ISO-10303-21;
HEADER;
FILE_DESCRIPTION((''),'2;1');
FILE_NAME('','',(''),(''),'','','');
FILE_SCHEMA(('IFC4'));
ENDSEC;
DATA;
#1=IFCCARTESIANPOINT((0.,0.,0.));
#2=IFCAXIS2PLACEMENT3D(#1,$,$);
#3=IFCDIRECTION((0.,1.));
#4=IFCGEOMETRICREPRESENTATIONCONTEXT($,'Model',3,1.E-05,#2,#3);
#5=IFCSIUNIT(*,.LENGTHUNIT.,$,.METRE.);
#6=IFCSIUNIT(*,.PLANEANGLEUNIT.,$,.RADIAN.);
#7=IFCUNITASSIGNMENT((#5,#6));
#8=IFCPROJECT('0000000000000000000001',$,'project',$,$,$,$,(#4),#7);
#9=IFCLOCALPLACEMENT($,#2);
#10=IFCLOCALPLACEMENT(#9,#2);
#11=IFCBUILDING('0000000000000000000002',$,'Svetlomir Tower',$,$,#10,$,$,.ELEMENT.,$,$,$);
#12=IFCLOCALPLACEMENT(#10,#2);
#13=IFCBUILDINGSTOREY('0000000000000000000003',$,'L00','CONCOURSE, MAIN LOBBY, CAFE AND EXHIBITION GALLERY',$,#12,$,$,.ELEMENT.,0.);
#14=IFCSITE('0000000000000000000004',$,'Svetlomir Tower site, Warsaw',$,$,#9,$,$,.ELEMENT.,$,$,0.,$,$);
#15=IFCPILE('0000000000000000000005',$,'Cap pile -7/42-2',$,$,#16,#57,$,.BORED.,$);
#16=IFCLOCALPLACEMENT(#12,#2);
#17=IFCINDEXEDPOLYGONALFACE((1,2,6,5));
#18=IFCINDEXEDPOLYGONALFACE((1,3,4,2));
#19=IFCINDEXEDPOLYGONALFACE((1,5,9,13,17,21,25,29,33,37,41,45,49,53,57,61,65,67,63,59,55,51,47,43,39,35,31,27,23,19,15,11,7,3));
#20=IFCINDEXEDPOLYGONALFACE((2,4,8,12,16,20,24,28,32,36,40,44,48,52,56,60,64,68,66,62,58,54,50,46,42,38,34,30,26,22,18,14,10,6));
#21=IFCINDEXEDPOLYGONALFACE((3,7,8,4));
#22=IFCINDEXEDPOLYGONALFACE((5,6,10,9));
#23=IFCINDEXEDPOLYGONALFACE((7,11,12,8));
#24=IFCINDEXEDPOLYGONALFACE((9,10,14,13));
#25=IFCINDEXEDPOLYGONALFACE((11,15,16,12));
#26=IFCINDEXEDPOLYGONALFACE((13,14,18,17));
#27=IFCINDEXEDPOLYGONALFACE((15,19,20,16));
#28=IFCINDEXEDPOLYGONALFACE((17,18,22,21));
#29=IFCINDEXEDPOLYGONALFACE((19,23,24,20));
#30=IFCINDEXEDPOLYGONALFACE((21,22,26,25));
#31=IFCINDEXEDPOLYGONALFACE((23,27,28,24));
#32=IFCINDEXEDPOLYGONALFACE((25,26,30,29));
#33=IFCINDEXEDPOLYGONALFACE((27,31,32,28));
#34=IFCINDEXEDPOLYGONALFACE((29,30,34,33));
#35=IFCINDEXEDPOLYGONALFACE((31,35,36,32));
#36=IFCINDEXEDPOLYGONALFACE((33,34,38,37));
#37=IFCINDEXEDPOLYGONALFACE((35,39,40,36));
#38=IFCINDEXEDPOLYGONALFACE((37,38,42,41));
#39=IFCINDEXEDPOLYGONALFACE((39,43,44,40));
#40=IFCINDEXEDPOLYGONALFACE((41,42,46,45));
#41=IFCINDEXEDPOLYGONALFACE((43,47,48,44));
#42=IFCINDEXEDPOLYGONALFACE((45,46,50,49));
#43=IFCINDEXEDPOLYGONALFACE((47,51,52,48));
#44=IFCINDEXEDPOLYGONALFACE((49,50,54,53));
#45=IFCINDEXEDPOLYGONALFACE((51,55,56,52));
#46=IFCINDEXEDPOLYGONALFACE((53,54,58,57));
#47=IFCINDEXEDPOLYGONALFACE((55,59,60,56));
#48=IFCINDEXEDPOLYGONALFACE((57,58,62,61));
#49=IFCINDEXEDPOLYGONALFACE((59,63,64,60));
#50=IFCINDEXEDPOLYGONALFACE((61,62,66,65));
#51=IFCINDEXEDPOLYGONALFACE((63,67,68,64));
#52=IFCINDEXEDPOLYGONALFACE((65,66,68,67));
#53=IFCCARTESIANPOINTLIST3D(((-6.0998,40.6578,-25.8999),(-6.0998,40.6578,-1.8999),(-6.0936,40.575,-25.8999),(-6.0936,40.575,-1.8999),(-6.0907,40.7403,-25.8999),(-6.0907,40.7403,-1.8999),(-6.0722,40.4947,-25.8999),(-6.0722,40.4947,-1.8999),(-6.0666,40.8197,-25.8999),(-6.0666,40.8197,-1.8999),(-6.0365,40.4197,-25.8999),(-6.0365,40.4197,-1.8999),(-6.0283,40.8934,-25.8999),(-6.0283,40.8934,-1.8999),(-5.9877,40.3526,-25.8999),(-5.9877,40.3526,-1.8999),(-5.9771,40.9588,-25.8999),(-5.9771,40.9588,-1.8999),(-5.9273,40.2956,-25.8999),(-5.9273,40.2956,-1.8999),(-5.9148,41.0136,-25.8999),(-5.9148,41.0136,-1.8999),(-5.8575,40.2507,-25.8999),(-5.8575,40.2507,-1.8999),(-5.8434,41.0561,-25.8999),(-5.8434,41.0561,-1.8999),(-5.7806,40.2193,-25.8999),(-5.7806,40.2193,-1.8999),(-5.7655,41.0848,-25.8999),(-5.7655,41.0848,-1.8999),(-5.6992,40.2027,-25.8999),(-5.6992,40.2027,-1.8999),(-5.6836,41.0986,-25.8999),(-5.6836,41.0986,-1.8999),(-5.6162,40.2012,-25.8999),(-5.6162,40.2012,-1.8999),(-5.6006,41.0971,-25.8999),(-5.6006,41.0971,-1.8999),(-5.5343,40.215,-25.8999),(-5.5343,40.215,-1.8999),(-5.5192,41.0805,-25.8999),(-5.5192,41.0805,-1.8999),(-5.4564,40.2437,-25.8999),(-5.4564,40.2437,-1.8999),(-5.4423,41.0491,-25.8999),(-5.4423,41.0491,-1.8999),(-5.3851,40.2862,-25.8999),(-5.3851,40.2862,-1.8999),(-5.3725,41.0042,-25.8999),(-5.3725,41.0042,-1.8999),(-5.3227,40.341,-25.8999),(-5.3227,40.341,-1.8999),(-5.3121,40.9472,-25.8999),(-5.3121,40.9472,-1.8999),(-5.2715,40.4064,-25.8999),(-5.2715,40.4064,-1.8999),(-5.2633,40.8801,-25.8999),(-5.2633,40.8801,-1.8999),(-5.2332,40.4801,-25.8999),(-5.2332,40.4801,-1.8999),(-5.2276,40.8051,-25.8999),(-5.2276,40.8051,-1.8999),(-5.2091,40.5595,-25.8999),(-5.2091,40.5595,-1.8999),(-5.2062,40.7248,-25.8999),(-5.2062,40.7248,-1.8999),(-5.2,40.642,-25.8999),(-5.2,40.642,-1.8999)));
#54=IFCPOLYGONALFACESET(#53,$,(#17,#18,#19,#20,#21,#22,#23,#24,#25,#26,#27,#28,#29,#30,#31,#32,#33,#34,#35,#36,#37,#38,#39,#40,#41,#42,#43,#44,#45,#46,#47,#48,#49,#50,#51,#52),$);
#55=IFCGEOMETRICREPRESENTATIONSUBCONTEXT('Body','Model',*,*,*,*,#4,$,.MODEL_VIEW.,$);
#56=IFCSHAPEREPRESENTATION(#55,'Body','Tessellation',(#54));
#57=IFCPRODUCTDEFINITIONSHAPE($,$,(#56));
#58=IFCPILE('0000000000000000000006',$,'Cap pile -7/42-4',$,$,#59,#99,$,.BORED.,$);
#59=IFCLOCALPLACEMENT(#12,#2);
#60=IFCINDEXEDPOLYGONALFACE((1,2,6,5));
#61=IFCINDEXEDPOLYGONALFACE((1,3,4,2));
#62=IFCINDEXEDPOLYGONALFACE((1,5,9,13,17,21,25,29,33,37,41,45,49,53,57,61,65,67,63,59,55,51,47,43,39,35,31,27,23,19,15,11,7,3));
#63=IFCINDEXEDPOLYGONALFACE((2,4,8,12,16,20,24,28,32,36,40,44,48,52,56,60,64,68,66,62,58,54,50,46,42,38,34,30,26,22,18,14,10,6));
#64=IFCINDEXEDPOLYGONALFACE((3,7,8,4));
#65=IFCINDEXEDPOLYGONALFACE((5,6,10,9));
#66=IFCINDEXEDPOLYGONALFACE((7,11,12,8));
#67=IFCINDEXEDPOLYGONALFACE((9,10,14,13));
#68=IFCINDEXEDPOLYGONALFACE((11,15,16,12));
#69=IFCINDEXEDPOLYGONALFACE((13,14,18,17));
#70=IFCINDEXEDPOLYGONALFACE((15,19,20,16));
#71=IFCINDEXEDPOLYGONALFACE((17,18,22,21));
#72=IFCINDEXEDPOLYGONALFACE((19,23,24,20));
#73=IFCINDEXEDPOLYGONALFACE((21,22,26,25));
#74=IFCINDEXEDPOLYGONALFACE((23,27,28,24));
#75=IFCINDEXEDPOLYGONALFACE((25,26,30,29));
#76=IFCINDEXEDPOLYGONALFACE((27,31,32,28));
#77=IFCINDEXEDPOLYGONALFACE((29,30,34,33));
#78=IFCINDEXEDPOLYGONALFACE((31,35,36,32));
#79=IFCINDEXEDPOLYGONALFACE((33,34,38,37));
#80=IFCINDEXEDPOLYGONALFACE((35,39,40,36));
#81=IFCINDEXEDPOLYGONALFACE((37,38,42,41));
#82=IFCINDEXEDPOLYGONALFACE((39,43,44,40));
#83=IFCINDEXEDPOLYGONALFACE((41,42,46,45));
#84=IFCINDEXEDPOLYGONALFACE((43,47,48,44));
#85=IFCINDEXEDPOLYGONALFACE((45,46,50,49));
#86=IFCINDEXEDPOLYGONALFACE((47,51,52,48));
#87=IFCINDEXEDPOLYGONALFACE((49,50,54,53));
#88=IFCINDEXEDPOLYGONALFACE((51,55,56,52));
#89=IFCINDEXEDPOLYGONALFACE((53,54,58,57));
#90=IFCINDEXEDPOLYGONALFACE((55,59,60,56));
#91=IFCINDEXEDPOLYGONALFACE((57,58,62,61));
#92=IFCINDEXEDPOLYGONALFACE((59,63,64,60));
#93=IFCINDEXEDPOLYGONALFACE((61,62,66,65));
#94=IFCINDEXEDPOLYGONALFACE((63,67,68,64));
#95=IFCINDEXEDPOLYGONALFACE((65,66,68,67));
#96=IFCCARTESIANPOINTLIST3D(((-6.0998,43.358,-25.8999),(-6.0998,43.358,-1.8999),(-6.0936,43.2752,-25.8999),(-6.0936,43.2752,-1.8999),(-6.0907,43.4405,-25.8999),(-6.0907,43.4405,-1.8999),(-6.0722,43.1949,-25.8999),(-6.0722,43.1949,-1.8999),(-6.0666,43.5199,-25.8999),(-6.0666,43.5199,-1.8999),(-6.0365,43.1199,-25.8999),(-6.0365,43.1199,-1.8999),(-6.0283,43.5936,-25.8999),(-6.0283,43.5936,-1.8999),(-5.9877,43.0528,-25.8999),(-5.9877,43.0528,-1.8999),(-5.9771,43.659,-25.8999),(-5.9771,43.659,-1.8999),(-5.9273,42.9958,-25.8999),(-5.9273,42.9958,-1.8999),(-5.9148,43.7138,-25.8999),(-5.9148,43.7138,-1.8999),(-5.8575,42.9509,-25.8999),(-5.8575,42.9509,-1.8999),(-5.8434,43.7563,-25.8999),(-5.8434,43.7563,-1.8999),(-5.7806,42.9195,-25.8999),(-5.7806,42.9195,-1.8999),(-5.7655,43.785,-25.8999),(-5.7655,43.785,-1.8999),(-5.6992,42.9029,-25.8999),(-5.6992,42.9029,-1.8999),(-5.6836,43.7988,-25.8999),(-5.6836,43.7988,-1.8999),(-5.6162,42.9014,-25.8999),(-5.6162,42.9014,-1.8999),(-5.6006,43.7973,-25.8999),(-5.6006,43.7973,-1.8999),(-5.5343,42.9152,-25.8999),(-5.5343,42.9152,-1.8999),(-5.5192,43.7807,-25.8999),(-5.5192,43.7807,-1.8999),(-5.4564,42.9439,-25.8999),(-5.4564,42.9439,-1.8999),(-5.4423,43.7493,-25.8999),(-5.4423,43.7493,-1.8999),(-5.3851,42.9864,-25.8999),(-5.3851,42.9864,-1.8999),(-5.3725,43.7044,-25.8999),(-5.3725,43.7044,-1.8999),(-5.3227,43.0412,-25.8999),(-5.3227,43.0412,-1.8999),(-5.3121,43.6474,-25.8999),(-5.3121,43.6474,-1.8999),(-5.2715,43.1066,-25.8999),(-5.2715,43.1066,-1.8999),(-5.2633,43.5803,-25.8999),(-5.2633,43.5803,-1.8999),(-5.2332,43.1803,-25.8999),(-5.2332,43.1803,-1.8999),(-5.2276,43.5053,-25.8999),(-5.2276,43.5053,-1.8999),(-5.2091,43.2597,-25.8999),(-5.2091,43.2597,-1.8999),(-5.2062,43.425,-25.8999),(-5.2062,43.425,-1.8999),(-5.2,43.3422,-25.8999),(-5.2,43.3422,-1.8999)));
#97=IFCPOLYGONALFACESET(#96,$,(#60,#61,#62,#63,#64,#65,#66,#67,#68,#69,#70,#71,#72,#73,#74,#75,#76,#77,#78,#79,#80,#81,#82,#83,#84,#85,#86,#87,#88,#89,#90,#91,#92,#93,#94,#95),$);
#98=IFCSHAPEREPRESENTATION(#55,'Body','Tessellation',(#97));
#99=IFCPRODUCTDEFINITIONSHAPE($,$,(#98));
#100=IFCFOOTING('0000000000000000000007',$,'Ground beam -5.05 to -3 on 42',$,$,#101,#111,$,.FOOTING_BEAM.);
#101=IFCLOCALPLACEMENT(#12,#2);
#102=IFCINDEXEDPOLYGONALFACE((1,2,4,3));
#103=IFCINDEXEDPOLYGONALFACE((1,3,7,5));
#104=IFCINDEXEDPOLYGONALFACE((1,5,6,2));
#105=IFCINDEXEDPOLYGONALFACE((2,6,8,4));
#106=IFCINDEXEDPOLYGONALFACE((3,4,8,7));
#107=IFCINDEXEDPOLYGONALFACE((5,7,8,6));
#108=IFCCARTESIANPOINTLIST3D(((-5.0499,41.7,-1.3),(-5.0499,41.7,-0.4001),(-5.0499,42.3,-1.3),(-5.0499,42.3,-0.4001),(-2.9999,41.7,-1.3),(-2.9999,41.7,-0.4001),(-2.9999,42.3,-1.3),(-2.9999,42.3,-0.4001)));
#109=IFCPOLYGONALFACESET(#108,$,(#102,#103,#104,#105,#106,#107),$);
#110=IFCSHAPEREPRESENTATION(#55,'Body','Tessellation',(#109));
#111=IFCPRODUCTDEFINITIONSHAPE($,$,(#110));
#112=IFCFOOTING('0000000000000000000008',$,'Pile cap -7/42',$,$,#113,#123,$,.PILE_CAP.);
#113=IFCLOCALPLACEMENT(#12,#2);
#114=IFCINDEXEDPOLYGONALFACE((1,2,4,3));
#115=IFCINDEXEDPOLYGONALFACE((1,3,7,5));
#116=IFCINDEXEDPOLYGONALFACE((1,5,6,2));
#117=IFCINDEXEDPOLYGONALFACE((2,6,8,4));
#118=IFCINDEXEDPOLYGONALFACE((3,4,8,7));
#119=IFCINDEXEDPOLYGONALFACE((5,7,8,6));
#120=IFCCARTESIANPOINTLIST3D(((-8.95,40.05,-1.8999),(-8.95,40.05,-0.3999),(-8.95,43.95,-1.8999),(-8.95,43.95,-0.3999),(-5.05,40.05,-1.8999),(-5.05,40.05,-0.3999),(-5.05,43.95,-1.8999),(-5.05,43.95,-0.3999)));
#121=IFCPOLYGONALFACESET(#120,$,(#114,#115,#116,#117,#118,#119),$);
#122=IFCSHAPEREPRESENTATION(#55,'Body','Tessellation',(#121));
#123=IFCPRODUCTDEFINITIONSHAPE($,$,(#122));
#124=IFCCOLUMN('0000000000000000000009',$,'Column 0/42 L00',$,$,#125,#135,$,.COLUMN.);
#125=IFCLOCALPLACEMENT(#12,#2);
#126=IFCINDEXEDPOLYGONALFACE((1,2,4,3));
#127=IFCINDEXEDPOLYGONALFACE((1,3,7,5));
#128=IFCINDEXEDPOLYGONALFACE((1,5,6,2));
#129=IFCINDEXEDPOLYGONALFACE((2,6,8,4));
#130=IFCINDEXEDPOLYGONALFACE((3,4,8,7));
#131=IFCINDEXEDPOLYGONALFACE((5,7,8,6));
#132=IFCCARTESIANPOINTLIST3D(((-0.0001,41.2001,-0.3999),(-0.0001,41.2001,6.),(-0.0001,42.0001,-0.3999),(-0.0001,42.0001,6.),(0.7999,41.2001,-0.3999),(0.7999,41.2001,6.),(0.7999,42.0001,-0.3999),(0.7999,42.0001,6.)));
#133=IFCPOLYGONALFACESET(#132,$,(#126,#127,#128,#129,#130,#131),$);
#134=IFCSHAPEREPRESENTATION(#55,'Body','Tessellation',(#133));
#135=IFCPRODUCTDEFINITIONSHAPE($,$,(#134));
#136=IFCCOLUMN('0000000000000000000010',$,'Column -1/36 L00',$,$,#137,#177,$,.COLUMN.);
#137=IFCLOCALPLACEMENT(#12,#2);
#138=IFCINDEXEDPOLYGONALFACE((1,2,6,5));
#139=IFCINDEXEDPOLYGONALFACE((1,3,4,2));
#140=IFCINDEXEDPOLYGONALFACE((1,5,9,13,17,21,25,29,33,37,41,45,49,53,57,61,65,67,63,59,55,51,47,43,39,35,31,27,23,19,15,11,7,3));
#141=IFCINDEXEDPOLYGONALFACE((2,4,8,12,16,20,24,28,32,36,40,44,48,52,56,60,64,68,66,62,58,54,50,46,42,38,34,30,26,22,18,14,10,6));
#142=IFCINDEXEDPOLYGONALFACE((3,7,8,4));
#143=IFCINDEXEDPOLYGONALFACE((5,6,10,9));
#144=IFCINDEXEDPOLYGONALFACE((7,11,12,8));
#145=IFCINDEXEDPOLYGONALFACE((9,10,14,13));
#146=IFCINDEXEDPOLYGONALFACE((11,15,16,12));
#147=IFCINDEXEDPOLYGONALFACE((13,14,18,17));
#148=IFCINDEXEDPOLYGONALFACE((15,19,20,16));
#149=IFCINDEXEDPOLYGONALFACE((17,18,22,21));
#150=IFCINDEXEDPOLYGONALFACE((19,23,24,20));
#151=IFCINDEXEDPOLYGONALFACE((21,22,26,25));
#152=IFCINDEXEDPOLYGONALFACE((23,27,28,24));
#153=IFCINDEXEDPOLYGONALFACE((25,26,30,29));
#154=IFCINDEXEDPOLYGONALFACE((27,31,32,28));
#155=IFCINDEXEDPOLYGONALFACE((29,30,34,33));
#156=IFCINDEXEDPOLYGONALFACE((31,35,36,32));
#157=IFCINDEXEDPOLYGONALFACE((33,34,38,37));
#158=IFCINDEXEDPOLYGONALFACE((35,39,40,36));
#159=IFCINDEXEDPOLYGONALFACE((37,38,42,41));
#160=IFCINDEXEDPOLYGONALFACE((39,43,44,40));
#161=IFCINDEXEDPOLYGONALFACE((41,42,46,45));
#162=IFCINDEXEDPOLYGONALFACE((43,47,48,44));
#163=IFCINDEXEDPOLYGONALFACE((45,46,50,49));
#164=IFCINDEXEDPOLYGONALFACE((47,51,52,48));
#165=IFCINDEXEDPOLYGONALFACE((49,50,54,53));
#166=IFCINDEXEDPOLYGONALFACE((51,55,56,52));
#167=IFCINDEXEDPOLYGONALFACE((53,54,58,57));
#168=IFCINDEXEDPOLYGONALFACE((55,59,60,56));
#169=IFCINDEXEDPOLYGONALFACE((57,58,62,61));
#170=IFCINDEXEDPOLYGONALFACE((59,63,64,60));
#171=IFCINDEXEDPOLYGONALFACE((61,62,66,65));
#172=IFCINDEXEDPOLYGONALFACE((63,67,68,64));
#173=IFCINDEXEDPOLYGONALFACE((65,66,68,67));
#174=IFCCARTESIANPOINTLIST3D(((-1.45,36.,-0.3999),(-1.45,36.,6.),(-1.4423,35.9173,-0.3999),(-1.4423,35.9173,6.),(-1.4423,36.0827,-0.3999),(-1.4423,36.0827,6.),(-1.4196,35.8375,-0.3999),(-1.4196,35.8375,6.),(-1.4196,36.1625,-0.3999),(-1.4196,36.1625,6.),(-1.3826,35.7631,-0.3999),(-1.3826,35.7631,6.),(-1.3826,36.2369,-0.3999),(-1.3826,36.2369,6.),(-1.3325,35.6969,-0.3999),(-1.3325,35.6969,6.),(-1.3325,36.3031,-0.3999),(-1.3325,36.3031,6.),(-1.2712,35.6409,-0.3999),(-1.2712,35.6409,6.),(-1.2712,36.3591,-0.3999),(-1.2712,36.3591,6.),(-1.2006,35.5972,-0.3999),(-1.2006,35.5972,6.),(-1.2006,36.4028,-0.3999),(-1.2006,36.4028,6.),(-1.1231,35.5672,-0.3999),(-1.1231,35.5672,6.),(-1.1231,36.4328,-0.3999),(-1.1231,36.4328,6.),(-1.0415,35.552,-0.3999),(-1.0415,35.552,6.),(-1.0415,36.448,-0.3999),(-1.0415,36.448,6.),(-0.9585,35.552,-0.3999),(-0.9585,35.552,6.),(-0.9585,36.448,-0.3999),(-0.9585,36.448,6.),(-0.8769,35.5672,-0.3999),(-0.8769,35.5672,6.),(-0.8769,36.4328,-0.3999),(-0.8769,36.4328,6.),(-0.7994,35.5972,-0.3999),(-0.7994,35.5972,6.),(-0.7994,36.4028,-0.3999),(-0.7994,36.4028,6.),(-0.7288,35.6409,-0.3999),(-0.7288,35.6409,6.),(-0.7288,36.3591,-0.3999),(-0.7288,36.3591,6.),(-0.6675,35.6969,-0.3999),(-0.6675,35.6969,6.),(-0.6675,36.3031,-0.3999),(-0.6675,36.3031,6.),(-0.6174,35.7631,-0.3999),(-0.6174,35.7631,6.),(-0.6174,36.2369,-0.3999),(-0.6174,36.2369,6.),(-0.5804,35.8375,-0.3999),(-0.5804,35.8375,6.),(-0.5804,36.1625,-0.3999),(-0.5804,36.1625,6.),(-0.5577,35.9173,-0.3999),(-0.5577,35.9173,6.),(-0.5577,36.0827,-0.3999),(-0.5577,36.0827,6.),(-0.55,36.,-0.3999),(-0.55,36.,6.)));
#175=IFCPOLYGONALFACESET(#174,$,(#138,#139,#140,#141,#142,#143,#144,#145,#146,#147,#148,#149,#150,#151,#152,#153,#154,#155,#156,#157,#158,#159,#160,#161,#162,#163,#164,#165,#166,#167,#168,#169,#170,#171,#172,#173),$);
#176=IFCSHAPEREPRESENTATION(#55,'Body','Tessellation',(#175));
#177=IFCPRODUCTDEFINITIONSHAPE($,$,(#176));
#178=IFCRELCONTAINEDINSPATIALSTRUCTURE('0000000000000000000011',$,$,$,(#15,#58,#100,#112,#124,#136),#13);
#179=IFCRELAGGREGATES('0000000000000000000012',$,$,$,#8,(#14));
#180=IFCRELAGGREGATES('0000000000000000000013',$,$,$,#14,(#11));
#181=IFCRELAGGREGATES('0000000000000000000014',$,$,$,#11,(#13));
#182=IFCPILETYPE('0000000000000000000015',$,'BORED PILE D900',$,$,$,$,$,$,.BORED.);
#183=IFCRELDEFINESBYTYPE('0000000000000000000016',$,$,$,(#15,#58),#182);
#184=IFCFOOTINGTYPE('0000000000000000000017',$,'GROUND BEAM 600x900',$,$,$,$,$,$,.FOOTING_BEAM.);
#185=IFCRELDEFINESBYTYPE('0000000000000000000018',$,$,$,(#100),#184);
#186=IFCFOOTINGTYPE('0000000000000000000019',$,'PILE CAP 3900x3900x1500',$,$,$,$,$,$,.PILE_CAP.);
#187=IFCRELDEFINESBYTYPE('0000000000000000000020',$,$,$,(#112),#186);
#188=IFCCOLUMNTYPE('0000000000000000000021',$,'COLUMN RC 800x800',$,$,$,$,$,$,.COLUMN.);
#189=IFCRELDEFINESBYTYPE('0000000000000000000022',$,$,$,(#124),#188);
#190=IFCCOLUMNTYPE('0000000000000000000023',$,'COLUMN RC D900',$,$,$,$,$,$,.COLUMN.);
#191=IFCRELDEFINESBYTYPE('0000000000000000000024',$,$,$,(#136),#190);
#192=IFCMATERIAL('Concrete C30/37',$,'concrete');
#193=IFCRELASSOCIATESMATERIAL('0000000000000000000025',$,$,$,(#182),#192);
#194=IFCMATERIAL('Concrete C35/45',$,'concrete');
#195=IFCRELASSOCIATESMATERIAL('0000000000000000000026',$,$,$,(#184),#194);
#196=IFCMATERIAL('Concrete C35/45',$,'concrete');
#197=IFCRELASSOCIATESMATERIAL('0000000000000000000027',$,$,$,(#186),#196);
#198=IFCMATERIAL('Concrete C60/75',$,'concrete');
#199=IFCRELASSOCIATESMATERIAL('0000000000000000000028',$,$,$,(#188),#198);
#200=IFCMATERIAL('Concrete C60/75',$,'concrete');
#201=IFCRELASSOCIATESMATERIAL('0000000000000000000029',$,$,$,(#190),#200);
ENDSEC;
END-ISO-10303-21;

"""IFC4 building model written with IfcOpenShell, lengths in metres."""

from ifc_helpers import new_model, si_unit, direction, frame, frame_2d, origin, origin_2d, place, context, subcontext, project, spatial, rectangle, circle, extrude, material, material_profile, profile_set, type_object, element, save


model = new_model("IFC4")

# Units and contexts
model_context = context("Model", 3, precision=1e-05, world=origin(), true_north=direction((0.0, 1.0)))
body_context = subcontext(model_context, "Body", "Model", "MODEL_VIEW")
ifc_project = project(units=[si_unit("LENGTHUNIT", "METRE"), si_unit("PLANEANGLEUNIT", "RADIAN")], contexts=[model_context])

# Site, building, storey
site_placement = place(None, origin())
site = spatial("IfcSite", under=ifc_project, at=site_placement, Name="Svetlomir Tower site, Warsaw", CompositionType="ELEMENT", RefElevation=0.0)
building_placement = place(site_placement, origin())
building = spatial("IfcBuilding", under=site, at=building_placement, Name="Svetlomir Tower", CompositionType="ELEMENT")
storey_placement = place(building_placement, origin())
storey = spatial("IfcBuildingStorey", under=building, at=storey_placement, Name="L00", Description="CONCOURSE, MAIN LOBBY, CAFE AND EXHIBITION GALLERY", CompositionType="ELEMENT", Elevation=0.0)

# Piles
ifc_material_1 = material(Name="Concrete C30/37", Category="concrete")
ifc_material_profile_1 = material_profile(ifc_material_1, circle(Radius=0.45, at=origin_2d()), Name="RC D900")
ifc_profile_set_1 = profile_set([ifc_material_profile_1], Name="Concrete C30/37")
pile_type_1 = type_object("IfcPileType", Name="BORED PILE D900", PredefinedType="BORED", material=ifc_profile_set_1)
for number, where, z_axis, x_axis, name in (
    (1, (-5.6499, 40.6499, -1.8999), (0.0, 0.0, -1.0), (1.0, 0.0, 0.0), "Cap pile -7/42-2"),
    (2, (-5.6499, 43.3501, -1.8999), (0.0, 0.0, -1.0), (1.0, 0.0, 0.0), "Cap pile -7/42-4"),
):
    element("IfcPile", number, at=place(storey_placement, frame(where, z_axis=z_axis, x_axis=x_axis)), inside=storey, type_object=pile_type_1, Name=name, PredefinedType="BORED", context=body_context, shape_type="SweptSolid", body=[
        extrude(circle(Radius=0.45, at=frame_2d((0.0, 0.0), x_axis=(0.999848, 0.017452))), origin(), (0.0, 0.0, 1.0), 24.0),
    ])

# Footings
ifc_material_2 = material(Name="Concrete C35/45", Category="concrete")
footing_type_1 = type_object("IfcFootingType", Name="GROUND BEAM 600x900", PredefinedType="FOOTING_BEAM", material=ifc_material_2)
footing_1_placement = place(storey_placement, frame((-4.0249, 42.0, -1.3), z_axis=(0.0, 0.0, 1.0), x_axis=(1.0, 0.0, 0.0)))
element("IfcFooting", 3, at=footing_1_placement, inside=storey, type_object=footing_type_1, Name="Ground beam -5.05 to -3 on 42", PredefinedType="FOOTING_BEAM", context=body_context, shape_type="SweptSolid", body=[
    extrude(rectangle(XDim=2.05, YDim=0.6001, at=origin_2d()), origin(), (0.0, 0.0, 1.0), 0.8999),
])
ifc_material_3 = material(Name="Concrete C35/45", Category="concrete")
footing_type_2 = type_object("IfcFootingType", Name="PILE CAP 3900x3900x1500", PredefinedType="PILE_CAP", material=ifc_material_3)
footing_2_placement = place(storey_placement, frame((-7.0, 42.0, -1.8999), z_axis=(0.0, 0.0, 1.0), x_axis=(1.0, 0.0, 0.0)))
element("IfcFooting", 4, at=footing_2_placement, inside=storey, type_object=footing_type_2, Name="Pile cap -7/42", PredefinedType="PILE_CAP", context=body_context, shape_type="SweptSolid", body=[
    extrude(rectangle(XDim=3.8999, YDim=3.8999, at=origin_2d()), origin(), (0.0, 0.0, 1.0), 1.5),
])

# Columns
ifc_material_4 = material(Name="Concrete C60/75", Category="concrete")
ifc_material_profile_2 = material_profile(ifc_material_4, rectangle(XDim=0.8, YDim=0.8, at=origin_2d()), Name="RC 800x800")
ifc_profile_set_2 = profile_set([ifc_material_profile_2], Name="Concrete C60/75")
column_type_1 = type_object("IfcColumnType", Name="COLUMN RC 800x800", PredefinedType="COLUMN", material=ifc_profile_set_2)
column_placement = place(storey_placement, frame((0.3999, 41.6001, -0.3999), z_axis=(0.0, 0.0, 1.0), x_axis=(1.0, 0.0, 0.0)))
element("IfcColumn", 5, at=column_placement, inside=storey, type_object=column_type_1, Name="Column 0/42 L00", PredefinedType="COLUMN", context=body_context, shape_type="SweptSolid", body=[
    extrude(rectangle(XDim=0.8, YDim=0.8, at=origin_2d()), origin(), (0.0, 0.0, 1.0), 6.3999),
])
ifc_material_5 = material(Name="Concrete C60/75", Category="concrete")
ifc_material_profile_3 = material_profile(ifc_material_5, circle(Radius=0.45, at=origin_2d()), Name="RC D900")
ifc_profile_set_3 = profile_set([ifc_material_profile_3], Name="Concrete C60/75")
column_type_2 = type_object("IfcColumnType", Name="COLUMN RC D900", PredefinedType="COLUMN", material=ifc_profile_set_3)
for number, where, z_axis, x_axis, name in (
    (6, (-1.0, 36.0, -0.3999), (0.0, 0.0, 1.0), (1.0, 0.0, 0.0), "Column -1/36 L00"),
):
    element("IfcColumn", number, at=place(storey_placement, frame(where, z_axis=z_axis, x_axis=x_axis)), inside=storey, type_object=column_type_2, Name=name, PredefinedType="COLUMN", context=body_context, shape_type="SweptSolid", body=[
        extrude(circle(Radius=0.45, at=origin_2d()), origin(), (0.0, 0.0, 1.0), 6.3999),
    ])

save(model, "model.ifc")
